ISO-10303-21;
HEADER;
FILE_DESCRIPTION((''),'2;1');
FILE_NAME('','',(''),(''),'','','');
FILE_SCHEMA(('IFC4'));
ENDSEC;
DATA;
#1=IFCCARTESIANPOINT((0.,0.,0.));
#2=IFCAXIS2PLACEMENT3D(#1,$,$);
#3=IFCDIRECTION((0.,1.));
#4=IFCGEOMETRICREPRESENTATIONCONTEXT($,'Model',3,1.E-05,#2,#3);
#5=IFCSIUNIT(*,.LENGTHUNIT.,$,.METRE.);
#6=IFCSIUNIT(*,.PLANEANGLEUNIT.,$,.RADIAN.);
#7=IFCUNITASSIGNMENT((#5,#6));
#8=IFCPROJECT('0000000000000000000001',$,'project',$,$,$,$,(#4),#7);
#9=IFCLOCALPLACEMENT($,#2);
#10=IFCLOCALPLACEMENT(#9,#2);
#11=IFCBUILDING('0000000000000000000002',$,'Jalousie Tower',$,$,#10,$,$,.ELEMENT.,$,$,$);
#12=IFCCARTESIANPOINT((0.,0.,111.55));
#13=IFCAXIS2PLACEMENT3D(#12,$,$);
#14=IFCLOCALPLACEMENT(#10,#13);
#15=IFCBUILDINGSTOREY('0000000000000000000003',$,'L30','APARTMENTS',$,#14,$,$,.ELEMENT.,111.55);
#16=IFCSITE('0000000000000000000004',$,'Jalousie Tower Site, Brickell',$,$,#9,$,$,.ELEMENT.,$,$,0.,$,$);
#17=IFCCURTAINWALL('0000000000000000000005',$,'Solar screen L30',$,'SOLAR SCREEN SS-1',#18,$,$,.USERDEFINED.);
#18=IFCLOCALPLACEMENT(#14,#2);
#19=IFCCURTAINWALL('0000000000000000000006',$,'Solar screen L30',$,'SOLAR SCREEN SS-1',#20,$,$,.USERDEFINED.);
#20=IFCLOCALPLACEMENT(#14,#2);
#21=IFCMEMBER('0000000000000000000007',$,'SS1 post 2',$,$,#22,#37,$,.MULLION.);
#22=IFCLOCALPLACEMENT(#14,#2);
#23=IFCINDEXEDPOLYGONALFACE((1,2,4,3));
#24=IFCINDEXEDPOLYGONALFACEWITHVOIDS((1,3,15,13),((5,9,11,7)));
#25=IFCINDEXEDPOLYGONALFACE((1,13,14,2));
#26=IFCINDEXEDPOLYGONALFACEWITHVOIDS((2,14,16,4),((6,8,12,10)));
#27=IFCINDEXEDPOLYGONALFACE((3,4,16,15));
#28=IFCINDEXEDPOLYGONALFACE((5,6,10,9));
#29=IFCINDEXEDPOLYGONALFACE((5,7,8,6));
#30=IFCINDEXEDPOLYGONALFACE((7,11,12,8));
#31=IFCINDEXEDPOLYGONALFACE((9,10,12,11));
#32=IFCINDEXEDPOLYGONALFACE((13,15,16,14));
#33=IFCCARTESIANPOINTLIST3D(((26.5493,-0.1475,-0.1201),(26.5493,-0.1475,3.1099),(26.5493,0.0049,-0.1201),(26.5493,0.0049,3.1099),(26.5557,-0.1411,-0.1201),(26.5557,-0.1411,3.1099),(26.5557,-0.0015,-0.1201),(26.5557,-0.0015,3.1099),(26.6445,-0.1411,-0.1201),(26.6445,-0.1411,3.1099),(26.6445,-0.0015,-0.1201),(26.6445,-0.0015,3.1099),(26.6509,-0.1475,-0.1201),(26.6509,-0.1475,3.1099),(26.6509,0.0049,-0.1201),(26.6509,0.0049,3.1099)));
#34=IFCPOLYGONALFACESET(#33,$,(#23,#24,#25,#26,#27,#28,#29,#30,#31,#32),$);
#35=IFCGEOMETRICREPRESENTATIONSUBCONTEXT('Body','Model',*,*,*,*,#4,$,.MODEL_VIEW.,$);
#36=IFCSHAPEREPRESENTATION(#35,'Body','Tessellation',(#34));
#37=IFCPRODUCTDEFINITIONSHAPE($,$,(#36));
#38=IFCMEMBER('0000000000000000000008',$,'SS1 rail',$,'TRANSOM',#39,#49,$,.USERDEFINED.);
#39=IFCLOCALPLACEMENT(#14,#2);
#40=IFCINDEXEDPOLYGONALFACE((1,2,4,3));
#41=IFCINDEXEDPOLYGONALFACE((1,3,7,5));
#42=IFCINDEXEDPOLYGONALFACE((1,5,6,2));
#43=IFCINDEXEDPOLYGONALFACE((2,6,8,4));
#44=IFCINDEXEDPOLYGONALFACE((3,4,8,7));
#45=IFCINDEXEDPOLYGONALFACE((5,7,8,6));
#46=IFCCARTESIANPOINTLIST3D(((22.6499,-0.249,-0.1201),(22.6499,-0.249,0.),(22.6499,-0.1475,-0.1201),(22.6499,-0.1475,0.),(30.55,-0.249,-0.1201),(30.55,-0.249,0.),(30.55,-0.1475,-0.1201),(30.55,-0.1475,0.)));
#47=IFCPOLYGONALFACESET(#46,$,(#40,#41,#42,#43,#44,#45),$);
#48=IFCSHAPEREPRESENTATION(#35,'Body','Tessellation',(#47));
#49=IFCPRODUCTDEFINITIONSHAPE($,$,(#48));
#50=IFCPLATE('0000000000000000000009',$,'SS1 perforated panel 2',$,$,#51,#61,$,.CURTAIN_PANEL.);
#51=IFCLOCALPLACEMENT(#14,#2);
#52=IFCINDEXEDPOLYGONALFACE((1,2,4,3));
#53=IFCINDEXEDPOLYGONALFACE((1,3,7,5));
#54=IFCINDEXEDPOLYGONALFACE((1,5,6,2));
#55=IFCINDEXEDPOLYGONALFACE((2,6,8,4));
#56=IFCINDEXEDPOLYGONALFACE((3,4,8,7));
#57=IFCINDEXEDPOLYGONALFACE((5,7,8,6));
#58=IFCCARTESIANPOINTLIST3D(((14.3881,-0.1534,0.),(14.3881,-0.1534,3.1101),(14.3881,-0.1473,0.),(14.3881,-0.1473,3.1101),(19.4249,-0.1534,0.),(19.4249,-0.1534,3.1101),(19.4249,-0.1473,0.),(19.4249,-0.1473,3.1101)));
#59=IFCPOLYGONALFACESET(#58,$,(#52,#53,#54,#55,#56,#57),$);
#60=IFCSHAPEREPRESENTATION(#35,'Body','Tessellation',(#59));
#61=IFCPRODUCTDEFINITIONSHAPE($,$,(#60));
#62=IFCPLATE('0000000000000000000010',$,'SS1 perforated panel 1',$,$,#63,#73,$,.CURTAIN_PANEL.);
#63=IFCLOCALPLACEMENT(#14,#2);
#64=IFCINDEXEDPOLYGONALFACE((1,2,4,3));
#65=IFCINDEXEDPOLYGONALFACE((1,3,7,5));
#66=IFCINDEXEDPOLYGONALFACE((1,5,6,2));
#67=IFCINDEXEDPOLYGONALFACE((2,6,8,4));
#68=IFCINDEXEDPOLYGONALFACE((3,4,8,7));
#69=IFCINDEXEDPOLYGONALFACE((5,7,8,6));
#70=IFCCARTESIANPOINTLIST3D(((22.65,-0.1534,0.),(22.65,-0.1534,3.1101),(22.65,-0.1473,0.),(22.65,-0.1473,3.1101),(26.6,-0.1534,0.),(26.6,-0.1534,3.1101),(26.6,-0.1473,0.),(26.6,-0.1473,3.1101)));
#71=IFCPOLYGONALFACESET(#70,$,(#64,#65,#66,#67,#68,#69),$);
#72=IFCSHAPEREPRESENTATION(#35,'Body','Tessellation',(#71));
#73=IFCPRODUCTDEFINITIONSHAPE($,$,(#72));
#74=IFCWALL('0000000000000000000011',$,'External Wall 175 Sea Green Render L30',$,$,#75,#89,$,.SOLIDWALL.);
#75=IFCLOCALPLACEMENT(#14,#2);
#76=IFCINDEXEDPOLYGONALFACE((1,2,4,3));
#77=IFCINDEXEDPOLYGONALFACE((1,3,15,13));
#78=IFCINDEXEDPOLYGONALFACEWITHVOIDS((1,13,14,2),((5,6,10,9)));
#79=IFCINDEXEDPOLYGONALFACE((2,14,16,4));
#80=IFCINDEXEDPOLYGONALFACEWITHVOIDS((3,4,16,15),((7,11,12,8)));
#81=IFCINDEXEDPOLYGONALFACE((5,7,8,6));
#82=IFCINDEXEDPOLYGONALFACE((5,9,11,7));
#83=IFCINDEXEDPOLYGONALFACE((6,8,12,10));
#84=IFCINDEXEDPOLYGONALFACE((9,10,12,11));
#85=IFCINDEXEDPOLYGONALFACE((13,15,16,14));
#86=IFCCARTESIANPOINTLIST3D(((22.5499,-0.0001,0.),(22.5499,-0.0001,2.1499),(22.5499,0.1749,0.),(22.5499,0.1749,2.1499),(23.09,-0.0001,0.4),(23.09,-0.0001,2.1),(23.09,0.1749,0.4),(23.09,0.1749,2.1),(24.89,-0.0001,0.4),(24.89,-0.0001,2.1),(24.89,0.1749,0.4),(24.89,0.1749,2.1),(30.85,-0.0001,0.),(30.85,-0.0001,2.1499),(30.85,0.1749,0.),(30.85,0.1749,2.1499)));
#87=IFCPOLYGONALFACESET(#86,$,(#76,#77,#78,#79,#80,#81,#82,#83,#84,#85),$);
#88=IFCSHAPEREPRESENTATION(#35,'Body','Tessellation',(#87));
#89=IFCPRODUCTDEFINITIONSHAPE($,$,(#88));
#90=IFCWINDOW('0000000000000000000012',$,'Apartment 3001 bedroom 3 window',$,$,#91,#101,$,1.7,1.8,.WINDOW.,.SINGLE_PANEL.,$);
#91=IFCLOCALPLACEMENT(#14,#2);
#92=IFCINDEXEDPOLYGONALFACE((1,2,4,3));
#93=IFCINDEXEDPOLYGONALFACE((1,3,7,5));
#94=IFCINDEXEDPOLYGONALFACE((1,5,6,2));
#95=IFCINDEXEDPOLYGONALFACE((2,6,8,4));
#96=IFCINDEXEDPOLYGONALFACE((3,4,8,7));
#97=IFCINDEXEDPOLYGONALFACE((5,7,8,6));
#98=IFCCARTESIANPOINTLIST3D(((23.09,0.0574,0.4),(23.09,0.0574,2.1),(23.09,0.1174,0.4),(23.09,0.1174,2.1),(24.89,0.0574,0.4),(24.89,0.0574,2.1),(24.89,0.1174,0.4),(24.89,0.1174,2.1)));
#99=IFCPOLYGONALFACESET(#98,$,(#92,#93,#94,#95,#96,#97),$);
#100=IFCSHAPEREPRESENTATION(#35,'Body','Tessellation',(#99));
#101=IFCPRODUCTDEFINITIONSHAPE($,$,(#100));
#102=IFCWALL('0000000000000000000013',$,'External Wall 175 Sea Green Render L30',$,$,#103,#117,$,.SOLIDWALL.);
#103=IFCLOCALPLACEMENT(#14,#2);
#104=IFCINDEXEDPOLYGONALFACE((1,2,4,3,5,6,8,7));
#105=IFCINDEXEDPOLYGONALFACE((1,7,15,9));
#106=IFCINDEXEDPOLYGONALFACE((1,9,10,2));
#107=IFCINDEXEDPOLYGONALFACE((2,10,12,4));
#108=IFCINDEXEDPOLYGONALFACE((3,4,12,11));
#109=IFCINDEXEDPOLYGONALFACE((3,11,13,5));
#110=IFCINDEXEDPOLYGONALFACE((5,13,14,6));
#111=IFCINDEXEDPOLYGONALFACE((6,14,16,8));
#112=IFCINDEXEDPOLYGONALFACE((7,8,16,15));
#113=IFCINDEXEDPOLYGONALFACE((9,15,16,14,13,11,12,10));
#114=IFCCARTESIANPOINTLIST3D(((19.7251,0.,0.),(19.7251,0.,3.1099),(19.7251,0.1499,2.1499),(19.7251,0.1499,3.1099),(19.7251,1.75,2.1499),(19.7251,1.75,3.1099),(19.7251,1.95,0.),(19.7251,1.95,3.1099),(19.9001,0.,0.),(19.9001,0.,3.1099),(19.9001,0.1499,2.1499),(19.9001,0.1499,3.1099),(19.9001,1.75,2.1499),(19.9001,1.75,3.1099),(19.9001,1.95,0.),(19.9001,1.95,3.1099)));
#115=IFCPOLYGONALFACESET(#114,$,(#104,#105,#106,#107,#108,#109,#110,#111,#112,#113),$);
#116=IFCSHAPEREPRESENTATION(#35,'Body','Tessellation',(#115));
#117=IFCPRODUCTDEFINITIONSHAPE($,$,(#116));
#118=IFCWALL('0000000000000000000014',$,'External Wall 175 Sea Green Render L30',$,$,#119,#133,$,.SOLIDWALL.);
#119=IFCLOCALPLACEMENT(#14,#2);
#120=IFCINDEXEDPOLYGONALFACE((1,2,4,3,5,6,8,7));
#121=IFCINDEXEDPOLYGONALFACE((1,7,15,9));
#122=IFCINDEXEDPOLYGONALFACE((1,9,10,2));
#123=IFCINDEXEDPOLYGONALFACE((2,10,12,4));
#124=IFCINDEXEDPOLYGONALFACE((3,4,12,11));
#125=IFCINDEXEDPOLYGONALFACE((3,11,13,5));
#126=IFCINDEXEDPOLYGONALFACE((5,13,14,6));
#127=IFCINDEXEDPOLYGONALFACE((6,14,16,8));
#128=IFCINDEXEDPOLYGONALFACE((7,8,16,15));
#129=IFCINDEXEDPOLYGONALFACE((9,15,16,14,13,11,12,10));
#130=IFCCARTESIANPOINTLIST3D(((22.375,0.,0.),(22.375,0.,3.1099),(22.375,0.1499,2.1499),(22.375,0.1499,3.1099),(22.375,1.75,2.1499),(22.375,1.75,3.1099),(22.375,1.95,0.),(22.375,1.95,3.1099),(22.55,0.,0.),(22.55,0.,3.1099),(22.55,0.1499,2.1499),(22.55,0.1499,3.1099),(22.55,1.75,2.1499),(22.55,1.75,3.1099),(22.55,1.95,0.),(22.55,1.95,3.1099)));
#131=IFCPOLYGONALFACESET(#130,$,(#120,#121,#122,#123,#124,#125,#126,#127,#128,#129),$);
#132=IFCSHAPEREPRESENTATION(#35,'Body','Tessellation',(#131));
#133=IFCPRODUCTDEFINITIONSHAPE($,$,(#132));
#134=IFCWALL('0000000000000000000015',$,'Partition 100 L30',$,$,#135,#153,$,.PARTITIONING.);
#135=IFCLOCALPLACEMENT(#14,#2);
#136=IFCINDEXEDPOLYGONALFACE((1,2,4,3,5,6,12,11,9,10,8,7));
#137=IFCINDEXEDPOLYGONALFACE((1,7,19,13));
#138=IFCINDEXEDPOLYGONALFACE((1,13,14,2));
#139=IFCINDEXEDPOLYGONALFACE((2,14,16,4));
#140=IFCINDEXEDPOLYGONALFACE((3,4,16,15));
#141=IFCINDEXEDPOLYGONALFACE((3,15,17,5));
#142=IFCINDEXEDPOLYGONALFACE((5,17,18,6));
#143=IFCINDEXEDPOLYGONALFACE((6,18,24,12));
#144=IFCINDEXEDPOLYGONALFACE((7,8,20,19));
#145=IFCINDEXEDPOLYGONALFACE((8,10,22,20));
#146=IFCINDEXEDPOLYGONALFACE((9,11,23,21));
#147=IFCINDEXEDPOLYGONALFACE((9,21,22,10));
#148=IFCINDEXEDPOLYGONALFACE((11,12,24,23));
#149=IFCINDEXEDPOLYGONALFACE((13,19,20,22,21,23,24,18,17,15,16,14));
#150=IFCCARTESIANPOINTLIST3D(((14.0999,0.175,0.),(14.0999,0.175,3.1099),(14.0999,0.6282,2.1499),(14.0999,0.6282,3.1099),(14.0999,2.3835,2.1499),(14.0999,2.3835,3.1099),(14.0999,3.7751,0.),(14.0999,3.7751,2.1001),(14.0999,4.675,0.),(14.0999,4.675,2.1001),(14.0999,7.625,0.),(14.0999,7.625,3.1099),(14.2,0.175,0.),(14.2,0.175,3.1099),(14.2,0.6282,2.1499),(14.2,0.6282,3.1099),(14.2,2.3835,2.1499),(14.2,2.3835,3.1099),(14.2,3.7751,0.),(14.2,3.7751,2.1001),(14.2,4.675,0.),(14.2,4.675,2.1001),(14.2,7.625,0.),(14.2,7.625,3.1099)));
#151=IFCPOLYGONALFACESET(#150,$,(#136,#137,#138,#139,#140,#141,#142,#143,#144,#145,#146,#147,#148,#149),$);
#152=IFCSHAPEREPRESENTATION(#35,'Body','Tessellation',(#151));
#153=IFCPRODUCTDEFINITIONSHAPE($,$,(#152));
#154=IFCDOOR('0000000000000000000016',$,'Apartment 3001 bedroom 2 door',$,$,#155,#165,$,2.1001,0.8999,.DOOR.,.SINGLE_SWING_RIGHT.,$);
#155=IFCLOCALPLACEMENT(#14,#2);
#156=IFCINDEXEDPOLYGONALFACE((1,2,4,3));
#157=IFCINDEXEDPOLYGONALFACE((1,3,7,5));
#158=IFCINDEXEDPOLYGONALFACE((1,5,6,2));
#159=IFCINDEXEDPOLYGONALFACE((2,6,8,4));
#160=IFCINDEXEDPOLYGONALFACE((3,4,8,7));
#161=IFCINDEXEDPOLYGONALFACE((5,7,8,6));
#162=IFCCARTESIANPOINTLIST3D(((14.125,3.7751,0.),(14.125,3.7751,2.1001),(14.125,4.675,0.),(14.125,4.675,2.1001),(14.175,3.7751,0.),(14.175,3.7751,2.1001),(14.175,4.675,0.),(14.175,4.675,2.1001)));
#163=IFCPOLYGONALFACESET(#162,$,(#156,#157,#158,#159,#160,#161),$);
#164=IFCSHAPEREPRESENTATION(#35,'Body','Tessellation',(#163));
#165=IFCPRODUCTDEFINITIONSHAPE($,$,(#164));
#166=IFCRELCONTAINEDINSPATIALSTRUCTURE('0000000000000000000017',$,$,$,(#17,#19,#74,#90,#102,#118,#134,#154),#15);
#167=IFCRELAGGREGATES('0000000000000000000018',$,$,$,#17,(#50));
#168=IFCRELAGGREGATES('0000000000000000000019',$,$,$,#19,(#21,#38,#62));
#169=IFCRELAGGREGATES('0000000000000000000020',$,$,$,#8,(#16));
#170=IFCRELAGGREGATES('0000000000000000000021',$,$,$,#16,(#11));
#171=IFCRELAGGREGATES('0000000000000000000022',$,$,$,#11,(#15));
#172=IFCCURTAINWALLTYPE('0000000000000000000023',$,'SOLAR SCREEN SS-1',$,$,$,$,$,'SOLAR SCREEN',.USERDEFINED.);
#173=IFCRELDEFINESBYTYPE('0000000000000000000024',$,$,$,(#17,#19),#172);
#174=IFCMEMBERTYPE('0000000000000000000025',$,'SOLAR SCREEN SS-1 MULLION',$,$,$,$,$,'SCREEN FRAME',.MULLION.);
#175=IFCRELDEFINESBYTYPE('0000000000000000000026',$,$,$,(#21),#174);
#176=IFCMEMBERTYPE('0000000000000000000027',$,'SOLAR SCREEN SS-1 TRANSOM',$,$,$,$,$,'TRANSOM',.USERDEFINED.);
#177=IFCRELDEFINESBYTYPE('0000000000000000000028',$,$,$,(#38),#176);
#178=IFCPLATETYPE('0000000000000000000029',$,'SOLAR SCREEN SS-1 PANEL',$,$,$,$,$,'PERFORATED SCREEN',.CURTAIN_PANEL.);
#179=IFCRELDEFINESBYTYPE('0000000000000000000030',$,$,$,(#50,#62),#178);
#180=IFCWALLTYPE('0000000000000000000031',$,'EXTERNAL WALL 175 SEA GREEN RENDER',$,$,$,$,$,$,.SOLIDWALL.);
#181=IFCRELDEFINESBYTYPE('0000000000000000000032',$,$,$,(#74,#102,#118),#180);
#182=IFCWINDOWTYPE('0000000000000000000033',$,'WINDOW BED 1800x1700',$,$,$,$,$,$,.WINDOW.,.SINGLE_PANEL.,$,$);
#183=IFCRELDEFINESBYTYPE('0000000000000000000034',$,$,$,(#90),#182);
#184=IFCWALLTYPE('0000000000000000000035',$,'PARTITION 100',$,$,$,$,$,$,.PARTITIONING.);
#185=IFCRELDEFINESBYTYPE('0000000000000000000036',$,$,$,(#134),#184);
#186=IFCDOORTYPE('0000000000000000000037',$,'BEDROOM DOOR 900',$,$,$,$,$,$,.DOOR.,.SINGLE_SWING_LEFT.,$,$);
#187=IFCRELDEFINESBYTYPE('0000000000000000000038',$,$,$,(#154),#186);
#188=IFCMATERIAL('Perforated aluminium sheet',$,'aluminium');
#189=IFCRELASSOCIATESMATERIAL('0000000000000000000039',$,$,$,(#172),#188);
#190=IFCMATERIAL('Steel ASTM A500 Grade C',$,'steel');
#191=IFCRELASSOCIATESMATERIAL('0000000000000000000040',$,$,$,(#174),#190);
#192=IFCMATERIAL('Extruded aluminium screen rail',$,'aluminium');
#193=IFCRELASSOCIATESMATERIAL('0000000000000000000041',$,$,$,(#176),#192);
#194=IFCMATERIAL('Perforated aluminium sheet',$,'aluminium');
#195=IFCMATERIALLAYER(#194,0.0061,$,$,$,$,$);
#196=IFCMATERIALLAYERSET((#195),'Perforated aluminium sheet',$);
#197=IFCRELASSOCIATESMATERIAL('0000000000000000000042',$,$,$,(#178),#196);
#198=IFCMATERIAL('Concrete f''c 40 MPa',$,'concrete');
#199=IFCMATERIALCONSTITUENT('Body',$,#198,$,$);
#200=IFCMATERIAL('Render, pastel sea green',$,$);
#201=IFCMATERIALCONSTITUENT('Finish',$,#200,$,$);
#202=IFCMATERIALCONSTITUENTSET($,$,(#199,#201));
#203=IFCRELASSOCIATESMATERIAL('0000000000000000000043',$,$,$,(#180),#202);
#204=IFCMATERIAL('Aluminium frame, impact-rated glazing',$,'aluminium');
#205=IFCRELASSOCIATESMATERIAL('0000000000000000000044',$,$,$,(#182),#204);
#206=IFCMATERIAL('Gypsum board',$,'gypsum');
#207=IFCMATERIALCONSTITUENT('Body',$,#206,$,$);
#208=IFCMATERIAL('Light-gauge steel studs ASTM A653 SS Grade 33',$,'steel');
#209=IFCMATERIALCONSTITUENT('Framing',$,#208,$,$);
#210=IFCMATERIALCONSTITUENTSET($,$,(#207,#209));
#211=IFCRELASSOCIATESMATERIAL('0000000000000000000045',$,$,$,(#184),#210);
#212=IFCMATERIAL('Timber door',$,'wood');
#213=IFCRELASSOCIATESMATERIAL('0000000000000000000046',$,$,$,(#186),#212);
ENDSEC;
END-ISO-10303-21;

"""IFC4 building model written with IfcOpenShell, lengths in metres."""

from ifc_helpers import new_model, si_unit, direction, frame, frame_2d, origin, origin_2d, place, context, subcontext, project, spatial, polyline, rectangle, hollow_rectangle, outline, extrude, material, layer, layer_set, constituent, constituent_set, material_profile, profile_set, type_object, element, fill, aggregate, save


model = new_model("IFC4")

# Units and contexts
model_context = context("Model", 3, precision=1e-05, world=origin(), true_north=direction((0.0, 1.0)))
body_context = subcontext(model_context, "Body", "Model", "MODEL_VIEW")
ifc_project = project(units=[si_unit("LENGTHUNIT", "METRE"), si_unit("PLANEANGLEUNIT", "RADIAN")], contexts=[model_context])

# Site, building, storey
site_placement = place(None, origin())
site = spatial("IfcSite", under=ifc_project, at=site_placement, Name="Jalousie Tower Site, Brickell", CompositionType="ELEMENT", RefElevation=0.0)
building_placement = place(site_placement, origin())
building = spatial("IfcBuilding", under=site, at=building_placement, Name="Jalousie Tower", CompositionType="ELEMENT")
storey_placement = place(building_placement, frame((0.0, 0.0, 111.55)))
storey = spatial("IfcBuildingStorey", under=building, at=storey_placement, Name="L30", Description="APARTMENTS", CompositionType="ELEMENT", Elevation=111.55)

# Curtain walls, members
ifc_material_1 = material(Name="Perforated aluminium sheet", Category="aluminium")
curtain_wall_type = type_object("IfcCurtainWallType", Name="SOLAR SCREEN SS-1", ElementType="SOLAR SCREEN", PredefinedType="USERDEFINED", material=ifc_material_1)
curtain_wall_1_placement = place(storey_placement, origin())
curtain_wall_1 = element("IfcCurtainWall", 1, at=curtain_wall_1_placement, inside=storey, type_object=curtain_wall_type, Name="Solar screen L30", ObjectType="SOLAR SCREEN SS-1", PredefinedType="USERDEFINED")
ifc_material_2 = material(Name="Steel ASTM A500 Grade C", Category="steel")
ifc_material_profile_1 = material_profile(ifc_material_2, hollow_rectangle(XDim=0.1016, YDim=0.1523, WallThickness=0.0063, at=origin_2d()), Name="HSS6X4X1/4")
ifc_profile_set_1 = profile_set([ifc_material_profile_1], Name="Steel ASTM A500 Grade C")
member_type_1 = type_object("IfcMemberType", Name="SOLAR SCREEN SS-1 MULLION", ElementType="SCREEN FRAME", PredefinedType="MULLION", material=ifc_profile_set_1)
curtain_wall_2_placement = place(storey_placement, origin())
curtain_wall_2 = element("IfcCurtainWall", 2, at=curtain_wall_2_placement, inside=storey, type_object=curtain_wall_type, Name="Solar screen L30", ObjectType="SOLAR SCREEN SS-1", PredefinedType="USERDEFINED")
member_1_placement = place(storey_placement, frame((26.6001, -0.0713, -0.1201), z_axis=(0.0, 0.0, 1.0), x_axis=(1.0, 0.0, 0.0)))
member_1 = element("IfcMember", 3, at=member_1_placement, type_object=member_type_1, Name="SS1 post 2", PredefinedType="MULLION", context=body_context, shape_type="SweptSolid", body=[
    extrude(hollow_rectangle(XDim=0.1016, YDim=0.1523, WallThickness=0.0063, at=origin_2d()), origin(), (0.0, 0.0, 1.0), 3.23),
])
ifc_material_3 = material(Name="Extruded aluminium screen rail", Category="aluminium")
ifc_material_profile_2 = material_profile(ifc_material_3, rectangle(XDim=0.1016, YDim=0.1201, at=origin_2d()), Name="RAIL 102x120")
ifc_profile_set_2 = profile_set([ifc_material_profile_2], Name="Extruded aluminium screen rail")
member_type_2 = type_object("IfcMemberType", Name="SOLAR SCREEN SS-1 TRANSOM", ElementType="TRANSOM", PredefinedType="USERDEFINED", material=ifc_profile_set_2)
member_2_placement = place(storey_placement, frame((22.6499, -0.1982, -0.0601), z_axis=(1.0, 0.0, 0.0), x_axis=(0.0, 1.0, 0.0)))
member_2 = element("IfcMember", 4, at=member_2_placement, type_object=member_type_2, Name="SS1 rail", ObjectType="TRANSOM", PredefinedType="USERDEFINED", context=body_context, shape_type="SweptSolid", body=[
    extrude(rectangle(XDim=0.1016, YDim=0.1201, at=origin_2d()), origin(), (0.0, 0.0, 1.0), 7.9001),
])

# Plates
ifc_material_4 = material(Name="Perforated aluminium sheet", Category="aluminium")
ifc_layer_1 = layer(ifc_material_4, 0.0061)
ifc_layer_set_1 = layer_set([ifc_layer_1], Name="Perforated aluminium sheet")
plate_type = type_object("IfcPlateType", Name="SOLAR SCREEN SS-1 PANEL", ElementType="PERFORATED SCREEN", PredefinedType="CURTAIN_PANEL", material=ifc_layer_set_1)
plate_1_placement = place(storey_placement, frame((16.9065, -0.1504, 0.0), z_axis=(0.0, 0.0, 1.0), x_axis=(1.0, 0.0, 0.0)))
plate_1 = element("IfcPlate", 5, at=plate_1_placement, type_object=plate_type, Name="SS1 perforated panel 2", PredefinedType="CURTAIN_PANEL", context=body_context, shape_type="SweptSolid", body=[
    extrude(rectangle(XDim=5.0369, YDim=0.0061, at=origin_2d()), origin(), (0.0, 0.0, 1.0), 3.1101),
])
aggregate(curtain_wall_1, [plate_1])
plate_2_placement = place(storey_placement, frame((24.625, -0.1504, 0.0), z_axis=(0.0, 0.0, 1.0), x_axis=(1.0, 0.0, 0.0)))
plate_2 = element("IfcPlate", 6, at=plate_2_placement, type_object=plate_type, Name="SS1 perforated panel 1", PredefinedType="CURTAIN_PANEL", context=body_context, shape_type="SweptSolid", body=[
    extrude(rectangle(XDim=3.95, YDim=0.0061, at=origin_2d()), origin(), (0.0, 0.0, 1.0), 3.1101),
])
aggregate(curtain_wall_2, [member_1, member_2, plate_2])

# Wall, opening, window
ifc_material_5 = material(Name="Concrete f'c 40 MPa", Category="concrete")
ifc_constituent_1 = constituent(ifc_material_5, Name="Body")
ifc_material_6 = material(Name="Render, pastel sea green")
ifc_constituent_2 = constituent(ifc_material_6, Name="Finish")
ifc_constituent_set_1 = constituent_set(constituents=[ifc_constituent_1, ifc_constituent_2])
wall_type_1 = type_object("IfcWallType", Name="EXTERNAL WALL 175 SEA GREEN RENDER", PredefinedType="SOLIDWALL", material=ifc_constituent_set_1)
wall_1_placement = place(storey_placement, frame((22.55, 0.0874, 0.0), z_axis=(0.0, 0.0, 1.0), x_axis=(1.0, 0.0, 0.0)))
wall_1 = element("IfcWall", 7, at=wall_1_placement, inside=storey, type_object=wall_type_1, Name="External Wall 175 Sea Green Render L30", PredefinedType="SOLIDWALL", context=body_context, shape_type="SweptSolid", body=[
    extrude(rectangle(XDim=8.3, YDim=0.175, at=frame_2d((4.1499, 0.0))), origin(), (0.0, 0.0, 1.0), 2.1499),
])
opening_1_placement = place(wall_1_placement, frame((0.54, 0.0, 0.3999)))
opening_1 = element("IfcOpeningElement", 8, at=opening_1_placement, cuts=wall_1, PredefinedType="OPENING", context=body_context, shape_type="SweptSolid", body=[
    extrude(rectangle(XDim=1.8, YDim=1.7, at=frame_2d((0.8999, 0.8501))), frame((0.0, 0.0974, 0.0), z_axis=(0.0, -1.0, 0.0), x_axis=(1.0, 0.0, 0.0)), (0.0, 0.0, 1.0), 0.1951),
])
ifc_material_7 = material(Name="Aluminium frame, impact-rated glazing", Category="aluminium")
window_type = type_object("IfcWindowType", Name="WINDOW BED 1800x1700", PartitioningType="SINGLE_PANEL", PredefinedType="WINDOW", material=ifc_material_7)
window_placement = place(opening_1_placement, origin())
window = element("IfcWindow", 9, at=window_placement, inside=storey, type_object=window_type, Name="Apartment 3001 bedroom 3 window", OverallHeight=1.7, OverallWidth=1.8, PartitioningType="SINGLE_PANEL", PredefinedType="WINDOW", context=body_context, shape_type="SweptSolid", body=[
    extrude(rectangle(XDim=1.8, YDim=1.7, at=frame_2d((0.8999, 0.8501))), frame((0.0, 0.03, 0.0), z_axis=(0.0, -1.0, 0.0), x_axis=(1.0, 0.0, 0.0)), (0.0, 0.0, 1.0), 0.0601),
])
fill(opening_1, window)

# Walls
for number, where, z_axis, x_axis, name in (
    (10, (19.8125, 0.0, 0.0), (0.0, 0.0, 1.0), (0.0, 1.0, 0.0), "External Wall 175 Sea Green Render L30"),
    (11, (22.4624, 0.0, 0.0), (0.0, 0.0, 1.0), (0.0, 1.0, 0.0), "External Wall 175 Sea Green Render L30"),
):
    element("IfcWall", number, at=place(storey_placement, frame(where, z_axis=z_axis, x_axis=x_axis)), inside=storey, type_object=wall_type_1, Name=name, PredefinedType="SOLIDWALL", context=body_context, shape_type="SweptSolid", body=[
        extrude(outline(polyline([(0.0, 0.0), (1.95, 0.0), (1.95, 3.1099), (1.75, 3.1099), (1.75, 2.1499), (0.1499, 2.1499), (0.1499, 3.1099), (0.0, 3.1099), (0.0, 0.0)])), frame((0.0, 0.0874, 0.0), z_axis=(0.0, -1.0, 0.0), x_axis=(1.0, 0.0, 0.0)), (0.0, 0.0, 1.0), 0.175),
    ])

# Wall, opening, door
ifc_material_8 = material(Name="Gypsum board", Category="gypsum")
ifc_constituent_3 = constituent(ifc_material_8, Name="Body")
ifc_material_9 = material(Name="Light-gauge steel studs ASTM A653 SS Grade 33", Category="steel")
ifc_constituent_4 = constituent(ifc_material_9, Name="Framing")
ifc_constituent_set_2 = constituent_set(constituents=[ifc_constituent_3, ifc_constituent_4])
wall_type_2 = type_object("IfcWallType", Name="PARTITION 100", PredefinedType="PARTITIONING", material=ifc_constituent_set_2)
wall_2_placement = place(storey_placement, frame((14.1499, 0.175, 0.0), z_axis=(0.0, 0.0, 1.0), x_axis=(0.0, 1.0, 0.0)))
wall_2 = element("IfcWall", 12, at=wall_2_placement, inside=storey, type_object=wall_type_2, Name="Partition 100 L30", PredefinedType="PARTITIONING", context=body_context, shape_type="SweptSolid", body=[
    extrude(outline(polyline([(0.0, 0.0), (7.45, 0.0), (7.45, 3.1099), (2.2085, 3.1099), (2.2085, 2.1499), (0.4531, 2.1499), (0.4531, 3.1099), (0.0, 3.1099), (0.0, 0.0)])), frame((0.0, 0.05, 0.0), z_axis=(0.0, -1.0, 0.0), x_axis=(1.0, 0.0, 0.0)), (0.0, 0.0, 1.0), 0.1001),
])
opening_2_placement = place(wall_2_placement, frame((3.6001, 0.0, 0.0)))
opening_2 = element("IfcOpeningElement", 13, at=opening_2_placement, cuts=wall_2, PredefinedType="OPENING", context=body_context, shape_type="SweptSolid", body=[
    extrude(rectangle(XDim=0.8999, YDim=2.1001, at=frame_2d((0.45, 1.05))), frame((0.0, 0.0601, 0.0), z_axis=(0.0, -1.0, 0.0), x_axis=(1.0, 0.0, 0.0)), (0.0, 0.0, 1.0), 0.1201),
])
ifc_material_10 = material(Name="Timber door", Category="wood")
door_type_1 = type_object("IfcDoorType", Name="BEDROOM DOOR 900", OperationType="SINGLE_SWING_LEFT", PredefinedType="DOOR", material=ifc_material_10)
door_1_placement = place(opening_2_placement, origin())
door_1 = element("IfcDoor", 14, at=door_1_placement, inside=storey, type_object=door_type_1, Name="Apartment 3001 bedroom 2 door", OperationType="SINGLE_SWING_RIGHT", OverallHeight=2.1001, OverallWidth=0.8999, PredefinedType="DOOR", context=body_context, shape_type="SweptSolid", body=[
    extrude(rectangle(XDim=0.8999, YDim=2.1001, at=frame_2d((0.45, 1.05))), frame((0.0, 0.0249, 0.0), z_axis=(0.0, -1.0, 0.0), x_axis=(1.0, 0.0, 0.0)), (0.0, 0.0, 1.0), 0.05),
])
fill(opening_2, door_1)

save(model, "model.ifc")
